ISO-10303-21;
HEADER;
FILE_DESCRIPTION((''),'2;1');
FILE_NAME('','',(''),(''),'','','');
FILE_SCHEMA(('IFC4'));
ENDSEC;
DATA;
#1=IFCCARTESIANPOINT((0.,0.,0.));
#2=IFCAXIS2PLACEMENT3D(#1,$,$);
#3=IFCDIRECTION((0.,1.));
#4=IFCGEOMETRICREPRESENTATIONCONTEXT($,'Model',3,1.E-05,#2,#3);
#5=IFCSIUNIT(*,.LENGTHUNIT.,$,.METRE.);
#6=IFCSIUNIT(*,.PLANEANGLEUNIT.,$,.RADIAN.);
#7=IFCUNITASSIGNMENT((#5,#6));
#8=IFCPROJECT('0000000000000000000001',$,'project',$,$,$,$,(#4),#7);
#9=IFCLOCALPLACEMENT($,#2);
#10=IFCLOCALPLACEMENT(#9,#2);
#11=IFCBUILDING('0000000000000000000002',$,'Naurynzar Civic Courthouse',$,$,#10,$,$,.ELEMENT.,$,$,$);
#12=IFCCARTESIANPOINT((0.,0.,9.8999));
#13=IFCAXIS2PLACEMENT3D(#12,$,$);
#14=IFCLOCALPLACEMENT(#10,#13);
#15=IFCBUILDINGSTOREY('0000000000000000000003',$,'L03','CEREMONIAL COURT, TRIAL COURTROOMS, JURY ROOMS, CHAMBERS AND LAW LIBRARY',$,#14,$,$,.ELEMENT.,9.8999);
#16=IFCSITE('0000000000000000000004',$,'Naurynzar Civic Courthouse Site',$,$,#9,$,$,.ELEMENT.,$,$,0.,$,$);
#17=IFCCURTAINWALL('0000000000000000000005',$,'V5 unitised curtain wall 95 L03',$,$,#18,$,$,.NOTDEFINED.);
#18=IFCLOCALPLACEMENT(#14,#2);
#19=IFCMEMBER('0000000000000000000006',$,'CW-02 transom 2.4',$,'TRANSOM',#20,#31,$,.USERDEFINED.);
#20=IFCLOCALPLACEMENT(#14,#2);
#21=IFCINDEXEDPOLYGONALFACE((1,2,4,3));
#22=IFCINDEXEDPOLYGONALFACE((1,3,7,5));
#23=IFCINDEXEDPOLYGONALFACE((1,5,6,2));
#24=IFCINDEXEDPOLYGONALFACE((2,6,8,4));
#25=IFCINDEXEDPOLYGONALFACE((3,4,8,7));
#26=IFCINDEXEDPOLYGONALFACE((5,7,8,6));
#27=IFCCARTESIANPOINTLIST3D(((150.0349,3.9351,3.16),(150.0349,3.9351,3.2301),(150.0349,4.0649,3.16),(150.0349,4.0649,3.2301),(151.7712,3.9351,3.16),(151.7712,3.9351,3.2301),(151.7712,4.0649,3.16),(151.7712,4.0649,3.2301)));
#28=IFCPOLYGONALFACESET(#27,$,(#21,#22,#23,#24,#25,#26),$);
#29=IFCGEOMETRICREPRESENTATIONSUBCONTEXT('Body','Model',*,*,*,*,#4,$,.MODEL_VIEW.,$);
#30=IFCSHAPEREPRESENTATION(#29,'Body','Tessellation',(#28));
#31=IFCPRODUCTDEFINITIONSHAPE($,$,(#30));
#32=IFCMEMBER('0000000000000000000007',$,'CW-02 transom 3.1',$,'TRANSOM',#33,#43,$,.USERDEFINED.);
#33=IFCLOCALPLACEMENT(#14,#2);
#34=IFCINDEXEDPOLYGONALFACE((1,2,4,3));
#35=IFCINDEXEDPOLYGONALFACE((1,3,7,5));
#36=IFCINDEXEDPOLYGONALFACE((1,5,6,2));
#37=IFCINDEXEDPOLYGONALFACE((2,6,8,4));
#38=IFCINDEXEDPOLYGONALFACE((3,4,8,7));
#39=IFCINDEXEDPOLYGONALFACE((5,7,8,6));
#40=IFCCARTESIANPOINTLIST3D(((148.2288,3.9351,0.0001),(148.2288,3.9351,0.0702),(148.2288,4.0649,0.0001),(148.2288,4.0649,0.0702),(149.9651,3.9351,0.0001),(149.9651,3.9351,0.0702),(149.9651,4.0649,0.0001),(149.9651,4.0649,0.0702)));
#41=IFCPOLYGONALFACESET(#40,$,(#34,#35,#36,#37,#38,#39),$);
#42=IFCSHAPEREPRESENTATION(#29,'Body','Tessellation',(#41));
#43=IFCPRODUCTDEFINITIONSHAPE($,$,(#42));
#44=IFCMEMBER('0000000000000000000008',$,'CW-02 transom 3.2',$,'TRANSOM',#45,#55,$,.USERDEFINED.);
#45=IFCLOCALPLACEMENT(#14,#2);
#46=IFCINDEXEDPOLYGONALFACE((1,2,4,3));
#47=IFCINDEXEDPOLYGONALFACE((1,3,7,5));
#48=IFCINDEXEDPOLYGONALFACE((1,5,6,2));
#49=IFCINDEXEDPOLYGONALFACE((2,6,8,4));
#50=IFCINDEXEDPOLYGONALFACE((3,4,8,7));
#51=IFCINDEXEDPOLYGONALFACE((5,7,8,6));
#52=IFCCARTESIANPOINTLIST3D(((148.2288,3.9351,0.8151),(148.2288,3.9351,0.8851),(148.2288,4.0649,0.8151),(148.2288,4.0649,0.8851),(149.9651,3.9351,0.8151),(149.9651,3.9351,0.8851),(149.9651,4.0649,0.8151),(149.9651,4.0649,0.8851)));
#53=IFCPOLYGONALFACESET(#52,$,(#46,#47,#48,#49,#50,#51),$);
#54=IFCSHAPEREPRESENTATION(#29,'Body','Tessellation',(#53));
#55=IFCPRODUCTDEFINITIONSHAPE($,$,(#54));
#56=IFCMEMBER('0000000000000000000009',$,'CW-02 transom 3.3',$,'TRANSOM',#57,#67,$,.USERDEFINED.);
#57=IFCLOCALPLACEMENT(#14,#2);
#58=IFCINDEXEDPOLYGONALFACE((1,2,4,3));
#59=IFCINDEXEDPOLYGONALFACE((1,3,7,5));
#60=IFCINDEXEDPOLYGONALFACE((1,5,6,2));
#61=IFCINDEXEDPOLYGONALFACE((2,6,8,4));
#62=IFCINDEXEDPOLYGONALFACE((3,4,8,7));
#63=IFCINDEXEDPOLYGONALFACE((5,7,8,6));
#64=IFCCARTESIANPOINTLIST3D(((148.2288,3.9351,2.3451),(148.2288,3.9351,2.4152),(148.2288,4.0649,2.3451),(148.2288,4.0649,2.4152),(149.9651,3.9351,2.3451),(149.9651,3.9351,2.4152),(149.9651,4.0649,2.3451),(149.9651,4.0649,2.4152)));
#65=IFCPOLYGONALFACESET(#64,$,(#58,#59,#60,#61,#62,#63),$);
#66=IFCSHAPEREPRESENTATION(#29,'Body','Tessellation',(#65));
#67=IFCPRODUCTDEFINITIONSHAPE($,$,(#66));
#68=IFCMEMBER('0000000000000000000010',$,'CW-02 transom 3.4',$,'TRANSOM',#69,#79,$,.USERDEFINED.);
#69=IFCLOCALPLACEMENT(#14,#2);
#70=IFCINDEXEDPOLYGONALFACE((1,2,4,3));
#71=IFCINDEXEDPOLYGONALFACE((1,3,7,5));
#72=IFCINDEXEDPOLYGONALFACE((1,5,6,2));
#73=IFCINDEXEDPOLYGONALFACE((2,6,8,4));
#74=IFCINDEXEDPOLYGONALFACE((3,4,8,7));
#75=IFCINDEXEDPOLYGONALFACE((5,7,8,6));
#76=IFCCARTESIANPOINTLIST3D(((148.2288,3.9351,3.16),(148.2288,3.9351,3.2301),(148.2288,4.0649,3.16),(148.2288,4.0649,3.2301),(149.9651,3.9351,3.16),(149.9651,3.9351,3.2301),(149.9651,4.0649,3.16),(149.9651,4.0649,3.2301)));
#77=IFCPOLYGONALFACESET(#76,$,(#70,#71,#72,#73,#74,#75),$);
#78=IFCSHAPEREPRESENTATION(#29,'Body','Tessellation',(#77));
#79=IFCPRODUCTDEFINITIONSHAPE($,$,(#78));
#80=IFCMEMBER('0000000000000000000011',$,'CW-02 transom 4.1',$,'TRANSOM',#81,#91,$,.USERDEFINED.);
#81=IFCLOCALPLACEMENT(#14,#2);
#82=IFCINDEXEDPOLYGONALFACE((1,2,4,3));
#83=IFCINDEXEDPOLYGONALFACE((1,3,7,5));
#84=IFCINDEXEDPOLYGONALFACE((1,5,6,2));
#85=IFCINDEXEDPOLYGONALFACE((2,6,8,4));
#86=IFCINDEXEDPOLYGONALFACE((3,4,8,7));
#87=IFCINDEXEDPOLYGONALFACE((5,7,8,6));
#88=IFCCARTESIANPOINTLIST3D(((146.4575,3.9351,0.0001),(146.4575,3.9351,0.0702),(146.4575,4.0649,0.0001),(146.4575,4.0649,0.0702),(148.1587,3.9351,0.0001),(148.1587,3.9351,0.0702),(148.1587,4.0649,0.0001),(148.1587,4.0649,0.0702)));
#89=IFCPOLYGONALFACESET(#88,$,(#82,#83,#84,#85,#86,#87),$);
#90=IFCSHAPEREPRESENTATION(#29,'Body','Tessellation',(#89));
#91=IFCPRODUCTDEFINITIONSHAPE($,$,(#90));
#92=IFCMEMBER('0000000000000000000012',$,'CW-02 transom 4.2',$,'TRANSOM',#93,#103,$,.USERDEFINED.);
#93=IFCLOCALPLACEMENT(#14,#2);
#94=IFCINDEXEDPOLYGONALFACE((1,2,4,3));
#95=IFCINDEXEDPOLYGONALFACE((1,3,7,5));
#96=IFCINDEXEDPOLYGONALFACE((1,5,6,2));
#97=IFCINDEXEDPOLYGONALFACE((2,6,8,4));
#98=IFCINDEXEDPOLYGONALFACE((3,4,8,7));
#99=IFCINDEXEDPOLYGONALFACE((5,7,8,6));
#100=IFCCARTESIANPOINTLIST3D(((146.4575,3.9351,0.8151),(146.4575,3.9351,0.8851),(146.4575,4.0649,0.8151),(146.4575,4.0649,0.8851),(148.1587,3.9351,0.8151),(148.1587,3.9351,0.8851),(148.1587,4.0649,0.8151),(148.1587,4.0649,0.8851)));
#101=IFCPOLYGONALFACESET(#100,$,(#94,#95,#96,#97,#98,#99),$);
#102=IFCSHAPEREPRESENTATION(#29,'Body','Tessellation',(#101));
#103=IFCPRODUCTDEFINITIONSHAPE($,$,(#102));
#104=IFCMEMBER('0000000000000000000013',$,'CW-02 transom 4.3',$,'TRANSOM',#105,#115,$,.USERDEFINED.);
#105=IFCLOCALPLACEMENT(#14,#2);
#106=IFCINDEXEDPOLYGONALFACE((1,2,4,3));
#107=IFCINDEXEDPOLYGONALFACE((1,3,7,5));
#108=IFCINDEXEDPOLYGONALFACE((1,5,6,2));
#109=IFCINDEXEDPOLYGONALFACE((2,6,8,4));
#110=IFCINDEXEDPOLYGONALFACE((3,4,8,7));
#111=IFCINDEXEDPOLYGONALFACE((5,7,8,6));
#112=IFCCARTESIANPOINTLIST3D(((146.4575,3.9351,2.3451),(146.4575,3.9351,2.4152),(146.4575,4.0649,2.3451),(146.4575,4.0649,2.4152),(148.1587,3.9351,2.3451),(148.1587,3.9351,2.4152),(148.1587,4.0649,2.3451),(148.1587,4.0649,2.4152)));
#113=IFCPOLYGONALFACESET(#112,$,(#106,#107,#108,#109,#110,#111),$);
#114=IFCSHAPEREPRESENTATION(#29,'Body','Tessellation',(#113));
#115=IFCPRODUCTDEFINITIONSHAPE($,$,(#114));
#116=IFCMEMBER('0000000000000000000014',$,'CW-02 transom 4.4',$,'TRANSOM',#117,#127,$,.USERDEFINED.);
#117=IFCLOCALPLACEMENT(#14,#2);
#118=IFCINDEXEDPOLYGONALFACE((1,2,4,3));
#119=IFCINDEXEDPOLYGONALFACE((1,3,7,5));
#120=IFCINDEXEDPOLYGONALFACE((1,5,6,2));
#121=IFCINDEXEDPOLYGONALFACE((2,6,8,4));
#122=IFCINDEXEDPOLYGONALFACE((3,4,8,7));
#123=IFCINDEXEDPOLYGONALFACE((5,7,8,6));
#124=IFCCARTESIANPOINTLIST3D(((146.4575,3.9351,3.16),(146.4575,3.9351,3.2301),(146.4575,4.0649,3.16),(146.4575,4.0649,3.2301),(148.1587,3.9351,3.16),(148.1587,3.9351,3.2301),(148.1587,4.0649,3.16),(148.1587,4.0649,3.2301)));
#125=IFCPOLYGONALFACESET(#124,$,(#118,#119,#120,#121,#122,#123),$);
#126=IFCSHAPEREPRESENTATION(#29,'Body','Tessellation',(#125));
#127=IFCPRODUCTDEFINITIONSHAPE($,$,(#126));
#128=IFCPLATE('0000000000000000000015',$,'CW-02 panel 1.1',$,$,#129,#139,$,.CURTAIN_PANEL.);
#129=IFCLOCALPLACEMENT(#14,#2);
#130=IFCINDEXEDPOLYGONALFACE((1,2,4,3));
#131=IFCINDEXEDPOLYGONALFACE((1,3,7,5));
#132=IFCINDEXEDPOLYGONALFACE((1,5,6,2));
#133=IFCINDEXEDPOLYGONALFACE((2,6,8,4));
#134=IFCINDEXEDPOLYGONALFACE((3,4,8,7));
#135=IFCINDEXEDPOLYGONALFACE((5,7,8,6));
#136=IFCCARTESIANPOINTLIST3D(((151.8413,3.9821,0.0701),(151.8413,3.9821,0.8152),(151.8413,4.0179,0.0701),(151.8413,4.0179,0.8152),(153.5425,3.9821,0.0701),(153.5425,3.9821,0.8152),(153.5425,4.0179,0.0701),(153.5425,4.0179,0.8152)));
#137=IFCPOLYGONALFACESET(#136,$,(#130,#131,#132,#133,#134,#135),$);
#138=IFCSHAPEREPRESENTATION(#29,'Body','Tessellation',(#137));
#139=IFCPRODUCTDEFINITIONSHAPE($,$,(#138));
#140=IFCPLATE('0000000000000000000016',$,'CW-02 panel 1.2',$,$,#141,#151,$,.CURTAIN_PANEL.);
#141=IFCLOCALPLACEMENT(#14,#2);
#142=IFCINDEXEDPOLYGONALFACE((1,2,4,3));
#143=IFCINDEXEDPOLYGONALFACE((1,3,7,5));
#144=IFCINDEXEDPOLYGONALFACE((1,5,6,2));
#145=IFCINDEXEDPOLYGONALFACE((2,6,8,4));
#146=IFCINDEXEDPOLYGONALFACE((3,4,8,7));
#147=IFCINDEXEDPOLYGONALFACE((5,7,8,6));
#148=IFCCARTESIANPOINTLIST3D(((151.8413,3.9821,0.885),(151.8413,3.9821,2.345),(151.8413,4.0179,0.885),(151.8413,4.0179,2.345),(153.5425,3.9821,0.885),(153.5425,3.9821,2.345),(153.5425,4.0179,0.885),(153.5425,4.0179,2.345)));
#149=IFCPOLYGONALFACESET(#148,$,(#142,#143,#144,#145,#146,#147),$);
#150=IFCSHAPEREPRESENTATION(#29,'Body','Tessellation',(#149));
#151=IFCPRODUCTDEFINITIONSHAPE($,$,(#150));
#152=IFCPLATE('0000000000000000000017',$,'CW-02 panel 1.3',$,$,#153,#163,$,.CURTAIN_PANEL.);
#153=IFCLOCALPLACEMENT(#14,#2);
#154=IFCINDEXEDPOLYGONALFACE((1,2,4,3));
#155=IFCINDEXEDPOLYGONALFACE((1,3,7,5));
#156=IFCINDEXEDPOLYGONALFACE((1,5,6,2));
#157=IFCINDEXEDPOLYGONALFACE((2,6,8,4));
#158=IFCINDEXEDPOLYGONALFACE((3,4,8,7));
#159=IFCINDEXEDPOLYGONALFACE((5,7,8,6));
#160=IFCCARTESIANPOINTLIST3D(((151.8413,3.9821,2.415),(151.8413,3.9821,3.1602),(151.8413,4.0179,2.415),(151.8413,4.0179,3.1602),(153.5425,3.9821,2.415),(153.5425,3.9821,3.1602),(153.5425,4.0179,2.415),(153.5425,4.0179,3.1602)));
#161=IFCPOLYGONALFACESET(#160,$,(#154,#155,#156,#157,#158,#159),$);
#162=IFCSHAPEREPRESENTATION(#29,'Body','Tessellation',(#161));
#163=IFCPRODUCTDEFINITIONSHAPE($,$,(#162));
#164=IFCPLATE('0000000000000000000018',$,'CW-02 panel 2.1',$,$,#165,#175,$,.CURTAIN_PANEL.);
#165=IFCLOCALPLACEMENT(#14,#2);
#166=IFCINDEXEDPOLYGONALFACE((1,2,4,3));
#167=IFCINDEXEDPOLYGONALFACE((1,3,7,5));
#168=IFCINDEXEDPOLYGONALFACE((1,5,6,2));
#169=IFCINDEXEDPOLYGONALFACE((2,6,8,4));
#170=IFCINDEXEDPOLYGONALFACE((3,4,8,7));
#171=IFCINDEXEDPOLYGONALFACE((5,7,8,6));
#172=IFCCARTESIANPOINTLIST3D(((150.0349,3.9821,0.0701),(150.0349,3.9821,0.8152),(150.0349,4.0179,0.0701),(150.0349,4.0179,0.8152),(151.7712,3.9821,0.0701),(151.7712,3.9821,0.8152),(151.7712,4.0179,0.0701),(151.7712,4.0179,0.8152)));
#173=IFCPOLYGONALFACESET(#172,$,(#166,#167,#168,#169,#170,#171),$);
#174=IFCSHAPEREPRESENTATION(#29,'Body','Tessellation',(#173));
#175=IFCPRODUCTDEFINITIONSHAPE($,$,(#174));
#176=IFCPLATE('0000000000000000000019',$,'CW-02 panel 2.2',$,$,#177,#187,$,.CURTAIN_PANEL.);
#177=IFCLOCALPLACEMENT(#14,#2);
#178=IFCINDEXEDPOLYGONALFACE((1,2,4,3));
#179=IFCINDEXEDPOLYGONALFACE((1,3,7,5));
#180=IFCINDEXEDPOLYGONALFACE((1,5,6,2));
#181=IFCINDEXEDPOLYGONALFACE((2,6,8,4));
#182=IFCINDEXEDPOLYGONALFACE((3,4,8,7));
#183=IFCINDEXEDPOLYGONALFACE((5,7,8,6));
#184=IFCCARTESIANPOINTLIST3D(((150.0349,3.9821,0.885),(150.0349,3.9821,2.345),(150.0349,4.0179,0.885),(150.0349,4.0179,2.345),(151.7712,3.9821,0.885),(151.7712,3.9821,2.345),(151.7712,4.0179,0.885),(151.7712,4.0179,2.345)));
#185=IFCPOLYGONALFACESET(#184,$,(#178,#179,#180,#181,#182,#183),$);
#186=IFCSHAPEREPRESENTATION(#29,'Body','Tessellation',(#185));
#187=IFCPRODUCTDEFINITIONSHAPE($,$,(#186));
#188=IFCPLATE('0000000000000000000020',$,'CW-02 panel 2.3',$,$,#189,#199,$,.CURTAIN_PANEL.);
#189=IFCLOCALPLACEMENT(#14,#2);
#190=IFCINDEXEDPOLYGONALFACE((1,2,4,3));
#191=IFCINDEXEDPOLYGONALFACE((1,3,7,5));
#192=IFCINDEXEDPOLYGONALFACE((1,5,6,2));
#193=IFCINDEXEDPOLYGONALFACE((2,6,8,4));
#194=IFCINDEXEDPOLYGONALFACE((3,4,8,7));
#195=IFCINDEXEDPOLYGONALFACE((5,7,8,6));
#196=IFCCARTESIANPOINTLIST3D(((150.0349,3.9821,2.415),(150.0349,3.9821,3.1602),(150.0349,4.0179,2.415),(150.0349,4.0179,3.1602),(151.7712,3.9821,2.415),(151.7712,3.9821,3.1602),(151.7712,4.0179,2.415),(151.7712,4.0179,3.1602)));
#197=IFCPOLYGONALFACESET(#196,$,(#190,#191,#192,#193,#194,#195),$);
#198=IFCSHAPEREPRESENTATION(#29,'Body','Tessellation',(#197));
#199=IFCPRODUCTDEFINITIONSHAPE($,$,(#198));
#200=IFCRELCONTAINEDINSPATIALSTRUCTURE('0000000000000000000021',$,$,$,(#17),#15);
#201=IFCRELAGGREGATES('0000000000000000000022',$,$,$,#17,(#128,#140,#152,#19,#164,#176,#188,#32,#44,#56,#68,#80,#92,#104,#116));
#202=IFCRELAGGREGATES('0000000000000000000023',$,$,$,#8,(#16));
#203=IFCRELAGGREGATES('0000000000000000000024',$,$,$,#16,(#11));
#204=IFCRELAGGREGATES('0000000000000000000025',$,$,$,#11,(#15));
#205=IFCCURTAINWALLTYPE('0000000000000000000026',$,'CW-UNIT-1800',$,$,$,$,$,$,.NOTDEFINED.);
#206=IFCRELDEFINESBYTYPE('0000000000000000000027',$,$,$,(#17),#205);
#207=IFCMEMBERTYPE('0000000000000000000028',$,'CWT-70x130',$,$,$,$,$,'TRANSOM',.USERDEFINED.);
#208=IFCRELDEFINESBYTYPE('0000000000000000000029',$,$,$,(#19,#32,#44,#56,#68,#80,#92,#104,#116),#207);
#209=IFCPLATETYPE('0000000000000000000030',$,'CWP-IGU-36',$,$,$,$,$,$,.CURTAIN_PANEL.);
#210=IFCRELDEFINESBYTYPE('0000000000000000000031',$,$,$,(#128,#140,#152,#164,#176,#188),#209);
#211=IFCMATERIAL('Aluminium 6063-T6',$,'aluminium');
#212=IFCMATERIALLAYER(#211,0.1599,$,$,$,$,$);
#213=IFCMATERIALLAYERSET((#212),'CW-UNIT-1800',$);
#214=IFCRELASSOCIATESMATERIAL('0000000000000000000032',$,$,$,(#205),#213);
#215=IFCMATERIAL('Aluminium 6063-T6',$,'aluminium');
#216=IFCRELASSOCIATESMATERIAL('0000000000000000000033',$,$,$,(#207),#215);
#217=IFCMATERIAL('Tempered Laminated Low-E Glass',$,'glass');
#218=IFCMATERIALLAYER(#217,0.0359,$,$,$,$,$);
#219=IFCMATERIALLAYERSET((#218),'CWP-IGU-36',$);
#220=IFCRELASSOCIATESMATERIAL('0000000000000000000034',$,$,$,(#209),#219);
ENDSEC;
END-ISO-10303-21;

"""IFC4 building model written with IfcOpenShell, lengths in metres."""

from ifc_helpers import new_model, si_unit, direction, frame, origin, origin_2d, place, context, subcontext, project, spatial, rectangle, extrude, material, layer, layer_set, material_profile, profile_set, type_object, element, aggregate, save


model = new_model("IFC4")

# Units and contexts
model_context = context("Model", 3, precision=1e-05, world=origin(), true_north=direction((0.0, 1.0)))
body_context = subcontext(model_context, "Body", "Model", "MODEL_VIEW")
ifc_project = project(units=[si_unit("LENGTHUNIT", "METRE"), si_unit("PLANEANGLEUNIT", "RADIAN")], contexts=[model_context])

# Site, building, storey
site_placement = place(None, origin())
site = spatial("IfcSite", under=ifc_project, at=site_placement, Name="Naurynzar Civic Courthouse Site", CompositionType="ELEMENT", RefElevation=0.0)
building_placement = place(site_placement, origin())
building = spatial("IfcBuilding", under=site, at=building_placement, Name="Naurynzar Civic Courthouse", CompositionType="ELEMENT")
storey_placement = place(building_placement, frame((0.0, 0.0, 9.8999)))
storey = spatial("IfcBuildingStorey", under=building, at=storey_placement, Name="L03", Description="CEREMONIAL COURT, TRIAL COURTROOMS, JURY ROOMS, CHAMBERS AND LAW LIBRARY", CompositionType="ELEMENT", Elevation=9.8999)

# Curtain wall, members, plates
ifc_material_1 = material(Name="Aluminium 6063-T6", Category="aluminium")
ifc_layer_1 = layer(ifc_material_1, 0.1599)
ifc_layer_set_1 = layer_set([ifc_layer_1], Name="CW-UNIT-1800")
curtain_wall_type = type_object("IfcCurtainWallType", Name="CW-UNIT-1800", PredefinedType="NOTDEFINED", material=ifc_layer_set_1)
curtain_wall_placement = place(storey_placement, origin())
curtain_wall = element("IfcCurtainWall", 1, at=curtain_wall_placement, inside=storey, type_object=curtain_wall_type, Name="V5 unitised curtain wall 95 L03", PredefinedType="NOTDEFINED")
ifc_material_2 = material(Name="Aluminium 6063-T6", Category="aluminium")
ifc_material_profile_1 = material_profile(ifc_material_2, rectangle(XDim=0.1299, YDim=0.0701, at=origin_2d()), Name="ALU TRANSOM 70x130")
ifc_profile_set_1 = profile_set([ifc_material_profile_1], Name="Aluminium 6063-T6")
member_type_1 = type_object("IfcMemberType", Name="CWT-70x130", ElementType="TRANSOM", PredefinedType="USERDEFINED", material=ifc_profile_set_1)
member_1_placement = place(storey_placement, frame((151.7712, 4.0, 3.1951), z_axis=(-1.0, 0.0, 0.0), x_axis=(0.0, -1.0, 0.0)))
member_1 = element("IfcMember", 2, at=member_1_placement, type_object=member_type_1, Name="CW-02 transom 2.4", ObjectType="TRANSOM", PredefinedType="USERDEFINED", context=body_context, shape_type="SweptSolid", body=[
    extrude(rectangle(XDim=0.1299, YDim=0.0701, at=origin_2d()), origin(), (0.0, 0.0, 1.0), 1.7363),
])
member_2_placement = place(storey_placement, frame((149.9651, 4.0, 0.0352), z_axis=(-1.0, 0.0, 0.0), x_axis=(0.0, -1.0, 0.0)))
member_2 = element("IfcMember", 3, at=member_2_placement, type_object=member_type_1, Name="CW-02 transom 3.1", ObjectType="TRANSOM", PredefinedType="USERDEFINED", context=body_context, shape_type="SweptSolid", body=[
    extrude(rectangle(XDim=0.1299, YDim=0.0701, at=origin_2d()), origin(), (0.0, 0.0, 1.0), 1.7363),
])
member_3_placement = place(storey_placement, frame((149.9651, 4.0, 0.8501), z_axis=(-1.0, 0.0, 0.0), x_axis=(0.0, -1.0, 0.0)))
member_3 = element("IfcMember", 4, at=member_3_placement, type_object=member_type_1, Name="CW-02 transom 3.2", ObjectType="TRANSOM", PredefinedType="USERDEFINED", context=body_context, shape_type="SweptSolid", body=[
    extrude(rectangle(XDim=0.1299, YDim=0.0701, at=origin_2d()), origin(), (0.0, 0.0, 1.0), 1.7363),
])
member_4_placement = place(storey_placement, frame((149.9651, 4.0, 2.3801), z_axis=(-1.0, 0.0, 0.0), x_axis=(0.0, -1.0, 0.0)))
member_4 = element("IfcMember", 5, at=member_4_placement, type_object=member_type_1, Name="CW-02 transom 3.3", ObjectType="TRANSOM", PredefinedType="USERDEFINED", context=body_context, shape_type="SweptSolid", body=[
    extrude(rectangle(XDim=0.1299, YDim=0.0701, at=origin_2d()), origin(), (0.0, 0.0, 1.0), 1.7363),
])
member_5_placement = place(storey_placement, frame((149.9651, 4.0, 3.1951), z_axis=(-1.0, 0.0, 0.0), x_axis=(0.0, -1.0, 0.0)))
member_5 = element("IfcMember", 6, at=member_5_placement, type_object=member_type_1, Name="CW-02 transom 3.4", ObjectType="TRANSOM", PredefinedType="USERDEFINED", context=body_context, shape_type="SweptSolid", body=[
    extrude(rectangle(XDim=0.1299, YDim=0.0701, at=origin_2d()), origin(), (0.0, 0.0, 1.0), 1.7363),
])
member_6_placement = place(storey_placement, frame((148.1587, 4.0, 0.0352), z_axis=(-1.0, 0.0, 0.0), x_axis=(0.0, -1.0, 0.0)))
member_6 = element("IfcMember", 7, at=member_6_placement, type_object=member_type_1, Name="CW-02 transom 4.1", ObjectType="TRANSOM", PredefinedType="USERDEFINED", context=body_context, shape_type="SweptSolid", body=[
    extrude(rectangle(XDim=0.1299, YDim=0.0701, at=origin_2d()), origin(), (0.0, 0.0, 1.0), 1.7012),
])
member_7_placement = place(storey_placement, frame((148.1587, 4.0, 0.8501), z_axis=(-1.0, 0.0, 0.0), x_axis=(0.0, -1.0, 0.0)))
member_7 = element("IfcMember", 8, at=member_7_placement, type_object=member_type_1, Name="CW-02 transom 4.2", ObjectType="TRANSOM", PredefinedType="USERDEFINED", context=body_context, shape_type="SweptSolid", body=[
    extrude(rectangle(XDim=0.1299, YDim=0.0701, at=origin_2d()), origin(), (0.0, 0.0, 1.0), 1.7012),
])
member_8_placement = place(storey_placement, frame((148.1587, 4.0, 2.3801), z_axis=(-1.0, 0.0, 0.0), x_axis=(0.0, -1.0, 0.0)))
member_8 = element("IfcMember", 9, at=member_8_placement, type_object=member_type_1, Name="CW-02 transom 4.3", ObjectType="TRANSOM", PredefinedType="USERDEFINED", context=body_context, shape_type="SweptSolid", body=[
    extrude(rectangle(XDim=0.1299, YDim=0.0701, at=origin_2d()), origin(), (0.0, 0.0, 1.0), 1.7012),
])
member_9_placement = place(storey_placement, frame((148.1587, 4.0, 3.1951), z_axis=(-1.0, 0.0, 0.0), x_axis=(0.0, -1.0, 0.0)))
member_9 = element("IfcMember", 10, at=member_9_placement, type_object=member_type_1, Name="CW-02 transom 4.4", ObjectType="TRANSOM", PredefinedType="USERDEFINED", context=body_context, shape_type="SweptSolid", body=[
    extrude(rectangle(XDim=0.1299, YDim=0.0701, at=origin_2d()), origin(), (0.0, 0.0, 1.0), 1.7012),
])
ifc_material_3 = material(Name="Tempered Laminated Low-E Glass", Category="glass")
ifc_layer_2 = layer(ifc_material_3, 0.0359)
ifc_layer_set_2 = layer_set([ifc_layer_2], Name="CWP-IGU-36")
plate_type = type_object("IfcPlateType", Name="CWP-IGU-36", PredefinedType="CURTAIN_PANEL", material=ifc_layer_set_2)
plate_1_placement = place(storey_placement, frame((152.6919, 4.0, 0.0701), z_axis=(0.0, 0.0, 1.0), x_axis=(-1.0, 0.0, 0.0)))
plate_1 = element("IfcPlate", 11, at=plate_1_placement, type_object=plate_type, Name="CW-02 panel 1.1", PredefinedType="CURTAIN_PANEL", context=body_context, shape_type="SweptSolid", body=[
    extrude(rectangle(XDim=1.7012, YDim=0.0359, at=origin_2d()), origin(), (0.0, 0.0, 1.0), 0.7451),
])
plate_2_placement = place(storey_placement, frame((152.6919, 4.0, 0.885), z_axis=(0.0, 0.0, 1.0), x_axis=(-1.0, 0.0, 0.0)))
plate_2 = element("IfcPlate", 12, at=plate_2_placement, type_object=plate_type, Name="CW-02 panel 1.2", PredefinedType="CURTAIN_PANEL", context=body_context, shape_type="SweptSolid", body=[
    extrude(rectangle(XDim=1.7012, YDim=0.0359, at=origin_2d()), origin(), (0.0, 0.0, 1.0), 1.46),
])
plate_3_placement = place(storey_placement, frame((152.6919, 4.0, 2.415), z_axis=(0.0, 0.0, 1.0), x_axis=(-1.0, 0.0, 0.0)))
plate_3 = element("IfcPlate", 13, at=plate_3_placement, type_object=plate_type, Name="CW-02 panel 1.3", PredefinedType="CURTAIN_PANEL", context=body_context, shape_type="SweptSolid", body=[
    extrude(rectangle(XDim=1.7012, YDim=0.0359, at=origin_2d()), origin(), (0.0, 0.0, 1.0), 0.7451),
])
plate_4_placement = place(storey_placement, frame((150.9031, 4.0, 0.0701), z_axis=(0.0, 0.0, 1.0), x_axis=(-1.0, 0.0, 0.0)))
plate_4 = element("IfcPlate", 14, at=plate_4_placement, type_object=plate_type, Name="CW-02 panel 2.1", PredefinedType="CURTAIN_PANEL", context=body_context, shape_type="SweptSolid", body=[
    extrude(rectangle(XDim=1.7363, YDim=0.0359, at=origin_2d()), origin(), (0.0, 0.0, 1.0), 0.7451),
])
plate_5_placement = place(storey_placement, frame((150.9031, 4.0, 0.885), z_axis=(0.0, 0.0, 1.0), x_axis=(-1.0, 0.0, 0.0)))
plate_5 = element("IfcPlate", 15, at=plate_5_placement, type_object=plate_type, Name="CW-02 panel 2.2", PredefinedType="CURTAIN_PANEL", context=body_context, shape_type="SweptSolid", body=[
    extrude(rectangle(XDim=1.7363, YDim=0.0359, at=origin_2d()), origin(), (0.0, 0.0, 1.0), 1.46),
])
plate_6_placement = place(storey_placement, frame((150.9031, 4.0, 2.415), z_axis=(0.0, 0.0, 1.0), x_axis=(-1.0, 0.0, 0.0)))
plate_6 = element("IfcPlate", 16, at=plate_6_placement, type_object=plate_type, Name="CW-02 panel 2.3", PredefinedType="CURTAIN_PANEL", context=body_context, shape_type="SweptSolid", body=[
    extrude(rectangle(XDim=1.7363, YDim=0.0359, at=origin_2d()), origin(), (0.0, 0.0, 1.0), 0.7451),
])
aggregate(curtain_wall, [plate_1, plate_2, plate_3, member_1, plate_4, plate_5, plate_6, member_2, member_3, member_4, member_5, member_6, member_7, member_8, member_9])

save(model, "model.ifc")
